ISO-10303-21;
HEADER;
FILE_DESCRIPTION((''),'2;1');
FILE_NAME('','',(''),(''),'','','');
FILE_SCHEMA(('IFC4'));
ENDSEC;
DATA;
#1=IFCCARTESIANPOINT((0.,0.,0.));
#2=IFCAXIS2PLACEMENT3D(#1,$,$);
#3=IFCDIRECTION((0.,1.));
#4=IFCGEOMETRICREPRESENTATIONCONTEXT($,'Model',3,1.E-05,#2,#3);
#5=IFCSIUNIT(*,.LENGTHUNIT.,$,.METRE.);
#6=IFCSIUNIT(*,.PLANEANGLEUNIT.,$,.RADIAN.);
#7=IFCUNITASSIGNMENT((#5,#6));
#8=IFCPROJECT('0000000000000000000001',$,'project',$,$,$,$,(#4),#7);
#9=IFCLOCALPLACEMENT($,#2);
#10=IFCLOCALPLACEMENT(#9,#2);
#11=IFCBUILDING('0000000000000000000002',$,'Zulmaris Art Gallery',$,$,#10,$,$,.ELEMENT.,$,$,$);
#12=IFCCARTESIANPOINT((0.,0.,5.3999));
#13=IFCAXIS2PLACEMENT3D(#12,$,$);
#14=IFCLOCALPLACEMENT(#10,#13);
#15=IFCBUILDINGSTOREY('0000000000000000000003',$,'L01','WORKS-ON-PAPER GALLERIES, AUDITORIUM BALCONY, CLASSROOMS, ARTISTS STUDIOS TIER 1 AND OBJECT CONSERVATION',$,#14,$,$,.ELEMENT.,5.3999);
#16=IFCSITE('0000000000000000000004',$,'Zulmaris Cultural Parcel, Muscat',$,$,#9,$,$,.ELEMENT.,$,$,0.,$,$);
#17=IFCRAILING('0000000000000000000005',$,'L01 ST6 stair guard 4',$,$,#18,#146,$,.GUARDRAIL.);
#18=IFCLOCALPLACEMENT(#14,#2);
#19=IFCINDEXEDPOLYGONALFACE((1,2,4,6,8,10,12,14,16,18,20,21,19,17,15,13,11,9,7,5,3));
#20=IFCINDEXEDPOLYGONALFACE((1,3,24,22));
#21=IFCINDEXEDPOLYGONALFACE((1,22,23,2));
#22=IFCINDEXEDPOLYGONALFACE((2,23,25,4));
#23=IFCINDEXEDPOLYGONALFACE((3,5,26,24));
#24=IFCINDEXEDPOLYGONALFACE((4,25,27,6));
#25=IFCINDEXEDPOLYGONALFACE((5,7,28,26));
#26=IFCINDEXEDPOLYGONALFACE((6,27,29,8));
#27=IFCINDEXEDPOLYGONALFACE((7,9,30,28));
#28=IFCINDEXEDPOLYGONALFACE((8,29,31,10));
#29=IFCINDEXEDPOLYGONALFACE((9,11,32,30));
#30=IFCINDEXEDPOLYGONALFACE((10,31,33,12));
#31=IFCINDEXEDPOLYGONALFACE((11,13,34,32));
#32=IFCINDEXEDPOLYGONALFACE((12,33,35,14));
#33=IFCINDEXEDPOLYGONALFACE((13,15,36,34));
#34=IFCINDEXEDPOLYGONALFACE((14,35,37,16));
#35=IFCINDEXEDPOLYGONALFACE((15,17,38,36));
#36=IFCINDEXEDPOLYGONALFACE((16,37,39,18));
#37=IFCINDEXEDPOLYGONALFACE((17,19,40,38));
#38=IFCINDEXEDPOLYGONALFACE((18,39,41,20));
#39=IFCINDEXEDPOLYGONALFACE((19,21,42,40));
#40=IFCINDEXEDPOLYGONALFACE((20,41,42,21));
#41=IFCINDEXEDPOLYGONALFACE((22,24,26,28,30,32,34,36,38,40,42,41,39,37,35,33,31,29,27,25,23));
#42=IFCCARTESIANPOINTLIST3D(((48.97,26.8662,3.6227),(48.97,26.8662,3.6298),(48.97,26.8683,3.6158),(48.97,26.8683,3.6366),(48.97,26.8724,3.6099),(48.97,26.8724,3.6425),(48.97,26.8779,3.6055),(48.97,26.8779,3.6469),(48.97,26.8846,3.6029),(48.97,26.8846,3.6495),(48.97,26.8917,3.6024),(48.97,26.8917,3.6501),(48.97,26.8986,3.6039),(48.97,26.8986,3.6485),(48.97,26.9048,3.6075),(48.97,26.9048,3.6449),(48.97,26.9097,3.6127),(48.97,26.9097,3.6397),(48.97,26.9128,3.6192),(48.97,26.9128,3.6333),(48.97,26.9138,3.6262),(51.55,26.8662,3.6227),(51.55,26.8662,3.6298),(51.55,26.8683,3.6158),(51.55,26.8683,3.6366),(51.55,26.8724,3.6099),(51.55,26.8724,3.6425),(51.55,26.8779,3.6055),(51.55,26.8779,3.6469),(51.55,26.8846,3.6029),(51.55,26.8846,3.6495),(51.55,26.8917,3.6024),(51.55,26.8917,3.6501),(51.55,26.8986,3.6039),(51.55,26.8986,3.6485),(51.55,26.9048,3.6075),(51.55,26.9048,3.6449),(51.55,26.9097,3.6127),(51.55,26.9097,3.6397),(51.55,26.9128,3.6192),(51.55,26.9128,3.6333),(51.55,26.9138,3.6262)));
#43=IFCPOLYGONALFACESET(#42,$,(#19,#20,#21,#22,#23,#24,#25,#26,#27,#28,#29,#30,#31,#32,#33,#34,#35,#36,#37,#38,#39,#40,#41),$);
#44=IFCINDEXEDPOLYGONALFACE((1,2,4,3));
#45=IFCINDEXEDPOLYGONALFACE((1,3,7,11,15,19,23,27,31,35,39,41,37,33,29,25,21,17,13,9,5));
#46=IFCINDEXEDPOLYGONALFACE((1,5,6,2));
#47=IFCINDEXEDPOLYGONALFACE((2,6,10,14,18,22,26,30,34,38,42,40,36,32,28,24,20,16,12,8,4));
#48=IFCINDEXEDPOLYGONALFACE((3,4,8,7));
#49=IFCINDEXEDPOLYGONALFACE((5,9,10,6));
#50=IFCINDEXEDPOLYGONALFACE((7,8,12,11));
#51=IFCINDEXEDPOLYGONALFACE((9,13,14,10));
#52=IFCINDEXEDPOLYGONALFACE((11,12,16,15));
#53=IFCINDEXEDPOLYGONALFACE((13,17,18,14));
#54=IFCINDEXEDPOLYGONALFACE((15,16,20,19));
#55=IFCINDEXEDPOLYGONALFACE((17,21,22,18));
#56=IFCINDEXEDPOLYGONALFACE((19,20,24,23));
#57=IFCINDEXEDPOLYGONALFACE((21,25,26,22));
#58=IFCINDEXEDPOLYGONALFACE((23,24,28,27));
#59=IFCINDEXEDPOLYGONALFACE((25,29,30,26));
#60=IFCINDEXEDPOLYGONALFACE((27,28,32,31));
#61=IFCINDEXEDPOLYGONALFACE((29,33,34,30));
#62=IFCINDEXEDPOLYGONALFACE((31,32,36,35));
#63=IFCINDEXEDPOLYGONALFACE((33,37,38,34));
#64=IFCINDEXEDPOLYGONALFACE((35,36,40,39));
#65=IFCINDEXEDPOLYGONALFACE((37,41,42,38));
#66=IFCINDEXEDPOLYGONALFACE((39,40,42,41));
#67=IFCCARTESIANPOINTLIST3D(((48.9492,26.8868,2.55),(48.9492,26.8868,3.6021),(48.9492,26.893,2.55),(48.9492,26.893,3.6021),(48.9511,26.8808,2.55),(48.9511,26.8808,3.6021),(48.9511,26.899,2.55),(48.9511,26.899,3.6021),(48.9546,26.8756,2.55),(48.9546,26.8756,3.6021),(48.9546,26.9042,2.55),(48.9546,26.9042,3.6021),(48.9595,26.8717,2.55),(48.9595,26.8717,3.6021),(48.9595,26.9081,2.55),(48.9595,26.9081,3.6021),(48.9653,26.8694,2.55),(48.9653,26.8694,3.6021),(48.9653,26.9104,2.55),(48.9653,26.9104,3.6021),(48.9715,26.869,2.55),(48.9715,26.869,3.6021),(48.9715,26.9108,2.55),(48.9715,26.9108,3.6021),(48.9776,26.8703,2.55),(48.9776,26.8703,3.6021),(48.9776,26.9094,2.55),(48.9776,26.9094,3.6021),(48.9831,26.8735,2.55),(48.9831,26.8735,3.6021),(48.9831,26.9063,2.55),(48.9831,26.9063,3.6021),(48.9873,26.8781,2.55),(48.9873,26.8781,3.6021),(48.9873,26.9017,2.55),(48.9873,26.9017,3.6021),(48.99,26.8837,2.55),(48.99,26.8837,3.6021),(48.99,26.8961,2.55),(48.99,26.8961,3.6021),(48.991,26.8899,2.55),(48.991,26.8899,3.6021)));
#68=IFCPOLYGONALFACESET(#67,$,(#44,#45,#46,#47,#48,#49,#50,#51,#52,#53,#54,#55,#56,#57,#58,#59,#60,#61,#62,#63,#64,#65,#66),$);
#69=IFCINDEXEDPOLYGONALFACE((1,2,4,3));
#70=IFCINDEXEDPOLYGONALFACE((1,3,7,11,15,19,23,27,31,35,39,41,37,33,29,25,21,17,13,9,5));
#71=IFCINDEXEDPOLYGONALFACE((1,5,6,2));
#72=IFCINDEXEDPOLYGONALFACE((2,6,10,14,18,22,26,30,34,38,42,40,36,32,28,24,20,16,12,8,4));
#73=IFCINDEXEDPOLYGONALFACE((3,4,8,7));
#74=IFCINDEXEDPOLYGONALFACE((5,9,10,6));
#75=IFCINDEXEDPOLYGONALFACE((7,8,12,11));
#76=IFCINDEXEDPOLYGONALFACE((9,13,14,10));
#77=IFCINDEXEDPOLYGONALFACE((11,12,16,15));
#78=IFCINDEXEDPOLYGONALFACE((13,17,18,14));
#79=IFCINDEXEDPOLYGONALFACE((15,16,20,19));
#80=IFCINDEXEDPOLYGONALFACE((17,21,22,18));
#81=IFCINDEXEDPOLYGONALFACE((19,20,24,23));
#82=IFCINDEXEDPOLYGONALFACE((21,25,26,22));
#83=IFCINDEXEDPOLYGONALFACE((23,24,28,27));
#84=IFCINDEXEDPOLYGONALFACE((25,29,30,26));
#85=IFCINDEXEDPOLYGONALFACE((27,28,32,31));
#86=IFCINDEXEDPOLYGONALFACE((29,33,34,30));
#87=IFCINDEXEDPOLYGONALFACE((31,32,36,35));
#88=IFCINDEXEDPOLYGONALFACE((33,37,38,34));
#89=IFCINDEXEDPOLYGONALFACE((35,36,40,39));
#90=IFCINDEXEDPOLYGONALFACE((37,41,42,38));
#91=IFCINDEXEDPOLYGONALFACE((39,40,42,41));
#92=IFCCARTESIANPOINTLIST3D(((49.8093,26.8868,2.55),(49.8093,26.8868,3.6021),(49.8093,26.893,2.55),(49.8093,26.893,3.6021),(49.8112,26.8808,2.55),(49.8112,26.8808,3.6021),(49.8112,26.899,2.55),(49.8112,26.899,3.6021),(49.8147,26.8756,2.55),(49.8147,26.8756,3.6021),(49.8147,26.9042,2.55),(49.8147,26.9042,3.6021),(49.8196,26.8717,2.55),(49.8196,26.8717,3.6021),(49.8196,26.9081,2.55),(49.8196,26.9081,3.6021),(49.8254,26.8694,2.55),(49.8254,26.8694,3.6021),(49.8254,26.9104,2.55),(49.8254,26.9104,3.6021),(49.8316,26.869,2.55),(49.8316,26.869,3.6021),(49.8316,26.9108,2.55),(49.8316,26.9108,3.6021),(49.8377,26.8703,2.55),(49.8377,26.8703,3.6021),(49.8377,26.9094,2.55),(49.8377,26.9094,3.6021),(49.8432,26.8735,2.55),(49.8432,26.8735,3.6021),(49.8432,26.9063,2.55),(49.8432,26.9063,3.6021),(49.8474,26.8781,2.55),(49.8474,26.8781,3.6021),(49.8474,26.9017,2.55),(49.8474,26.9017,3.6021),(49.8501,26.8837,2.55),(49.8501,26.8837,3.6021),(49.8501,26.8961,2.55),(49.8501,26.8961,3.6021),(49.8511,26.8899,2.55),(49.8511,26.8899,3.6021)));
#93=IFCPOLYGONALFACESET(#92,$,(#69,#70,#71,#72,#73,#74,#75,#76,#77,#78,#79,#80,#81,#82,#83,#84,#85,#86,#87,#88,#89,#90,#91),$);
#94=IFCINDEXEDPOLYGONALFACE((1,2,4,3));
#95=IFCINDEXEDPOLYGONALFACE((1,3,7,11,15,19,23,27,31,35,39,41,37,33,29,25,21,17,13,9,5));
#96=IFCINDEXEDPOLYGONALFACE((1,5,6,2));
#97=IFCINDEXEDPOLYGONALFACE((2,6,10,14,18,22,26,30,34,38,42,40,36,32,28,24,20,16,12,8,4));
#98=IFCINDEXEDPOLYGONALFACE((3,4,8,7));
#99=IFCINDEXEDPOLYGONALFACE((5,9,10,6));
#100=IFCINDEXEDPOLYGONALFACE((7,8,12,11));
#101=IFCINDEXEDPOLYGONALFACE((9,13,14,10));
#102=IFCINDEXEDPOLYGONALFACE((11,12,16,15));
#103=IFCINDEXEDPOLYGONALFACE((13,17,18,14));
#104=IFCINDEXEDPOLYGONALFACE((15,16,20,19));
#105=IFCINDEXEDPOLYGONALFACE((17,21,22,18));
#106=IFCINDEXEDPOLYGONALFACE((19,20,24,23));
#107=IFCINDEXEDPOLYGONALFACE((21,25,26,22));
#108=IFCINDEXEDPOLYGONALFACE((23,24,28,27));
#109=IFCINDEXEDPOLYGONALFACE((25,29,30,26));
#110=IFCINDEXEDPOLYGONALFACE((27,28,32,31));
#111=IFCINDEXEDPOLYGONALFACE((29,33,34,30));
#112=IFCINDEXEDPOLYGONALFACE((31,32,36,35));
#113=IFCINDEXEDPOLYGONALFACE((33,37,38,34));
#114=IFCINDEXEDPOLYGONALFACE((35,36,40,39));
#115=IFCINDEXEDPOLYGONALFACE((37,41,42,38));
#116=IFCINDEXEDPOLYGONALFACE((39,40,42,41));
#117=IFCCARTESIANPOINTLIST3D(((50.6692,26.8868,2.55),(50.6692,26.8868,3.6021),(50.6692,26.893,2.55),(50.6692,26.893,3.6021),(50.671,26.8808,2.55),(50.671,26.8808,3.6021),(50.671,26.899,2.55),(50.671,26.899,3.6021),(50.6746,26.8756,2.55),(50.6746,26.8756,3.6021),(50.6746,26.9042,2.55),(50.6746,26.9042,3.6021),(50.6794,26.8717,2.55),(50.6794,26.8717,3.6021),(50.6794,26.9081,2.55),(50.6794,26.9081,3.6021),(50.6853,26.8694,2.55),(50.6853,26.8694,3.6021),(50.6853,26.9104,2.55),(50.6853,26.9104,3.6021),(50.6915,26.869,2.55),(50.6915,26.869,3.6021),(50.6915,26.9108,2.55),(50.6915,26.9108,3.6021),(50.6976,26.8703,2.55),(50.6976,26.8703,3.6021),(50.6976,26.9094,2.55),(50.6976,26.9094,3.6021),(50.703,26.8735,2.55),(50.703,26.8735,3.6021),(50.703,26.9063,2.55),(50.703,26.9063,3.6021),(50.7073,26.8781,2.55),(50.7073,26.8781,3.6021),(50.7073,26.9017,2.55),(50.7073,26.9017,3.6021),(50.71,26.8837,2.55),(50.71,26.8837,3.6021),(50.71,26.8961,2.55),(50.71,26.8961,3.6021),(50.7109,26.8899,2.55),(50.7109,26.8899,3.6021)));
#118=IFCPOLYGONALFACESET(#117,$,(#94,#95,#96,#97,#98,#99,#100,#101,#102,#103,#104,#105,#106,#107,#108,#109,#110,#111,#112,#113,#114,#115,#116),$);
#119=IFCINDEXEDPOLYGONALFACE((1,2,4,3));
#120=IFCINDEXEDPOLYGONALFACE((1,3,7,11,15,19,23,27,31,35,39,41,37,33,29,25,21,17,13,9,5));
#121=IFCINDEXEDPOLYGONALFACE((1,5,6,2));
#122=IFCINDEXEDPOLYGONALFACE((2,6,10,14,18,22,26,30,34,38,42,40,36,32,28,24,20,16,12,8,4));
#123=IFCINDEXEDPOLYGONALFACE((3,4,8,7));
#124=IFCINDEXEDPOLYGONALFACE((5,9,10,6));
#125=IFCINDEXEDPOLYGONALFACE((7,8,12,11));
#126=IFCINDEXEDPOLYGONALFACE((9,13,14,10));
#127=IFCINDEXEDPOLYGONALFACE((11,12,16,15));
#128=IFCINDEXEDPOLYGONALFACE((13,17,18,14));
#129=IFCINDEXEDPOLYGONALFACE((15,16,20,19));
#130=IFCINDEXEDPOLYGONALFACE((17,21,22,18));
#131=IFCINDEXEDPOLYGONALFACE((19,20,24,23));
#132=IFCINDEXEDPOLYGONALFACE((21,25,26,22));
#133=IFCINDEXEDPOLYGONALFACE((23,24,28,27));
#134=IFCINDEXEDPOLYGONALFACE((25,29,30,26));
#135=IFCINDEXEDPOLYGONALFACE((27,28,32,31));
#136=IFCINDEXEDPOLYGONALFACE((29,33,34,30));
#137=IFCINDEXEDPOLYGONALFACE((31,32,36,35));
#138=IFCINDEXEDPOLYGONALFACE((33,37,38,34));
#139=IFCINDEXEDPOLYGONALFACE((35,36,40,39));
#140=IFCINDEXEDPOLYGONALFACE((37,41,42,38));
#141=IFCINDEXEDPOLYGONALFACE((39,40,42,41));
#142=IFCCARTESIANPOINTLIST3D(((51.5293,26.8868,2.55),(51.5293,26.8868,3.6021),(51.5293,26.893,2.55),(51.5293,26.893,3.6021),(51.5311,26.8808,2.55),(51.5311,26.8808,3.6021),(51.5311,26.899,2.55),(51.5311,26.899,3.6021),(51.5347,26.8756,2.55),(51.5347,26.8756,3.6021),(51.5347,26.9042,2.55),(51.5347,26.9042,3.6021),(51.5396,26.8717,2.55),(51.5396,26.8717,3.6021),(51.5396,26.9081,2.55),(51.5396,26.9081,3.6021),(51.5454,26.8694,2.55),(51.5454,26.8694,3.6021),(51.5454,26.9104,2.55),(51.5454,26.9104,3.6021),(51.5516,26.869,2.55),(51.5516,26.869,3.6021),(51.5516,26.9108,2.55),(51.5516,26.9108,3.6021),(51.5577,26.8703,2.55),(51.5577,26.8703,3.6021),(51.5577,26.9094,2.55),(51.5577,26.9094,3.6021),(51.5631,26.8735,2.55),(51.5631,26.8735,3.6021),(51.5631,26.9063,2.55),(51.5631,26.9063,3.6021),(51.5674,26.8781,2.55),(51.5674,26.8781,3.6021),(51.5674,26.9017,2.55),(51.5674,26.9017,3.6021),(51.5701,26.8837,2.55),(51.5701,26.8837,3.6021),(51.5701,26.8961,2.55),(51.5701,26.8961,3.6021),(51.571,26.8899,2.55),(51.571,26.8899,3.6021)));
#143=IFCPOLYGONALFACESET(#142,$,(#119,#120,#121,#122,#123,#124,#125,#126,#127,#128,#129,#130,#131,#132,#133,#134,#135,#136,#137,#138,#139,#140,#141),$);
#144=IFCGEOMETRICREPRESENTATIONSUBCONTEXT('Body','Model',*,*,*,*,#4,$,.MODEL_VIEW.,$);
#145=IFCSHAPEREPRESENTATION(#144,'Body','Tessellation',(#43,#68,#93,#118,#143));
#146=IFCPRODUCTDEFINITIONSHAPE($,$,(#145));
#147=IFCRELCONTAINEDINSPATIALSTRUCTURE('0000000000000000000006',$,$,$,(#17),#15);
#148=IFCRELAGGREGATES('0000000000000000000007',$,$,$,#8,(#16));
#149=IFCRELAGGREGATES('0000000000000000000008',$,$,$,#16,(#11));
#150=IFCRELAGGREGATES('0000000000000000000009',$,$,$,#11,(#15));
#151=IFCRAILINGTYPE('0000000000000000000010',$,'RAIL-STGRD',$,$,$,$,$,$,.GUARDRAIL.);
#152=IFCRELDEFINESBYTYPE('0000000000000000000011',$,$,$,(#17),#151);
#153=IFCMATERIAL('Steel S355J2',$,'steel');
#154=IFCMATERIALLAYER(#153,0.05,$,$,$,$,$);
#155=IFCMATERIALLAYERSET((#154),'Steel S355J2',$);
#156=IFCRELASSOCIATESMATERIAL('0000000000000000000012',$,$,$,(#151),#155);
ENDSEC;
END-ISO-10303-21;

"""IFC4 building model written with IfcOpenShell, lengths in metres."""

from ifc_helpers import new_model, si_unit, direction, frame, origin, origin_2d, place, context, subcontext, project, spatial, circle, extrude, material, layer, layer_set, type_object, element, save


model = new_model("IFC4")

# Units and contexts
model_context = context("Model", 3, precision=1e-05, world=origin(), true_north=direction((0.0, 1.0)))
body_context = subcontext(model_context, "Body", "Model", "MODEL_VIEW")
ifc_project = project(units=[si_unit("LENGTHUNIT", "METRE"), si_unit("PLANEANGLEUNIT", "RADIAN")], contexts=[model_context])

# Site, building, storey
site_placement = place(None, origin())
site = spatial("IfcSite", under=ifc_project, at=site_placement, Name="Zulmaris Cultural Parcel, Muscat", CompositionType="ELEMENT", RefElevation=0.0)
building_placement = place(site_placement, origin())
building = spatial("IfcBuilding", under=site, at=building_placement, Name="Zulmaris Art Gallery", CompositionType="ELEMENT")
storey_placement = place(building_placement, frame((0.0, 0.0, 5.3999)))
storey = spatial("IfcBuildingStorey", under=building, at=storey_placement, Name="L01", Description="WORKS-ON-PAPER GALLERIES, AUDITORIUM BALCONY, CLASSROOMS, ARTISTS STUDIOS TIER 1 AND OBJECT CONSERVATION", CompositionType="ELEMENT", Elevation=5.3999)

# Shared definitions
ifc_material_1 = material(Name="Steel S355J2", Category="steel")

# Railing
ifc_layer_1 = layer(ifc_material_1, 0.05)
ifc_layer_set_1 = layer_set([ifc_layer_1], Name="Steel S355J2")
railing_type_1 = type_object("IfcRailingType", Name="RAIL-STGRD", PredefinedType="GUARDRAIL", material=ifc_layer_set_1)
for number, where, name in (
    (1, (48.97, 26.8899, 2.55), "L01 ST6 stair guard 4"),
):
    element("IfcRailing", number, at=place(storey_placement, frame(where)), inside=storey, type_object=railing_type_1, Name=name, PredefinedType="GUARDRAIL", context=body_context, shape_type="SweptSolid", body=[
        extrude(circle(Radius=0.0239, at=origin_2d()), frame((0.0, 0.0, 1.0762), z_axis=(1.0, 0.0, 0.0), x_axis=(0.0, 1.0, 0.0)), (0.0, 0.0, 1.0), 2.5801),
        extrude(circle(Radius=0.021, at=origin_2d()), origin(), (0.0, 0.0, 1.0), 1.052),
        extrude(circle(Radius=0.021, at=origin_2d()), frame((0.8601, 0.0, 0.0)), (0.0, 0.0, 1.0), 1.052),
        extrude(circle(Radius=0.021, at=origin_2d()), frame((1.72, 0.0, 0.0)), (0.0, 0.0, 1.0), 1.052),
        extrude(circle(Radius=0.021, at=origin_2d()), frame((2.5801, 0.0, 0.0)), (0.0, 0.0, 1.0), 1.052),
    ])

save(model, "model.ifc")
